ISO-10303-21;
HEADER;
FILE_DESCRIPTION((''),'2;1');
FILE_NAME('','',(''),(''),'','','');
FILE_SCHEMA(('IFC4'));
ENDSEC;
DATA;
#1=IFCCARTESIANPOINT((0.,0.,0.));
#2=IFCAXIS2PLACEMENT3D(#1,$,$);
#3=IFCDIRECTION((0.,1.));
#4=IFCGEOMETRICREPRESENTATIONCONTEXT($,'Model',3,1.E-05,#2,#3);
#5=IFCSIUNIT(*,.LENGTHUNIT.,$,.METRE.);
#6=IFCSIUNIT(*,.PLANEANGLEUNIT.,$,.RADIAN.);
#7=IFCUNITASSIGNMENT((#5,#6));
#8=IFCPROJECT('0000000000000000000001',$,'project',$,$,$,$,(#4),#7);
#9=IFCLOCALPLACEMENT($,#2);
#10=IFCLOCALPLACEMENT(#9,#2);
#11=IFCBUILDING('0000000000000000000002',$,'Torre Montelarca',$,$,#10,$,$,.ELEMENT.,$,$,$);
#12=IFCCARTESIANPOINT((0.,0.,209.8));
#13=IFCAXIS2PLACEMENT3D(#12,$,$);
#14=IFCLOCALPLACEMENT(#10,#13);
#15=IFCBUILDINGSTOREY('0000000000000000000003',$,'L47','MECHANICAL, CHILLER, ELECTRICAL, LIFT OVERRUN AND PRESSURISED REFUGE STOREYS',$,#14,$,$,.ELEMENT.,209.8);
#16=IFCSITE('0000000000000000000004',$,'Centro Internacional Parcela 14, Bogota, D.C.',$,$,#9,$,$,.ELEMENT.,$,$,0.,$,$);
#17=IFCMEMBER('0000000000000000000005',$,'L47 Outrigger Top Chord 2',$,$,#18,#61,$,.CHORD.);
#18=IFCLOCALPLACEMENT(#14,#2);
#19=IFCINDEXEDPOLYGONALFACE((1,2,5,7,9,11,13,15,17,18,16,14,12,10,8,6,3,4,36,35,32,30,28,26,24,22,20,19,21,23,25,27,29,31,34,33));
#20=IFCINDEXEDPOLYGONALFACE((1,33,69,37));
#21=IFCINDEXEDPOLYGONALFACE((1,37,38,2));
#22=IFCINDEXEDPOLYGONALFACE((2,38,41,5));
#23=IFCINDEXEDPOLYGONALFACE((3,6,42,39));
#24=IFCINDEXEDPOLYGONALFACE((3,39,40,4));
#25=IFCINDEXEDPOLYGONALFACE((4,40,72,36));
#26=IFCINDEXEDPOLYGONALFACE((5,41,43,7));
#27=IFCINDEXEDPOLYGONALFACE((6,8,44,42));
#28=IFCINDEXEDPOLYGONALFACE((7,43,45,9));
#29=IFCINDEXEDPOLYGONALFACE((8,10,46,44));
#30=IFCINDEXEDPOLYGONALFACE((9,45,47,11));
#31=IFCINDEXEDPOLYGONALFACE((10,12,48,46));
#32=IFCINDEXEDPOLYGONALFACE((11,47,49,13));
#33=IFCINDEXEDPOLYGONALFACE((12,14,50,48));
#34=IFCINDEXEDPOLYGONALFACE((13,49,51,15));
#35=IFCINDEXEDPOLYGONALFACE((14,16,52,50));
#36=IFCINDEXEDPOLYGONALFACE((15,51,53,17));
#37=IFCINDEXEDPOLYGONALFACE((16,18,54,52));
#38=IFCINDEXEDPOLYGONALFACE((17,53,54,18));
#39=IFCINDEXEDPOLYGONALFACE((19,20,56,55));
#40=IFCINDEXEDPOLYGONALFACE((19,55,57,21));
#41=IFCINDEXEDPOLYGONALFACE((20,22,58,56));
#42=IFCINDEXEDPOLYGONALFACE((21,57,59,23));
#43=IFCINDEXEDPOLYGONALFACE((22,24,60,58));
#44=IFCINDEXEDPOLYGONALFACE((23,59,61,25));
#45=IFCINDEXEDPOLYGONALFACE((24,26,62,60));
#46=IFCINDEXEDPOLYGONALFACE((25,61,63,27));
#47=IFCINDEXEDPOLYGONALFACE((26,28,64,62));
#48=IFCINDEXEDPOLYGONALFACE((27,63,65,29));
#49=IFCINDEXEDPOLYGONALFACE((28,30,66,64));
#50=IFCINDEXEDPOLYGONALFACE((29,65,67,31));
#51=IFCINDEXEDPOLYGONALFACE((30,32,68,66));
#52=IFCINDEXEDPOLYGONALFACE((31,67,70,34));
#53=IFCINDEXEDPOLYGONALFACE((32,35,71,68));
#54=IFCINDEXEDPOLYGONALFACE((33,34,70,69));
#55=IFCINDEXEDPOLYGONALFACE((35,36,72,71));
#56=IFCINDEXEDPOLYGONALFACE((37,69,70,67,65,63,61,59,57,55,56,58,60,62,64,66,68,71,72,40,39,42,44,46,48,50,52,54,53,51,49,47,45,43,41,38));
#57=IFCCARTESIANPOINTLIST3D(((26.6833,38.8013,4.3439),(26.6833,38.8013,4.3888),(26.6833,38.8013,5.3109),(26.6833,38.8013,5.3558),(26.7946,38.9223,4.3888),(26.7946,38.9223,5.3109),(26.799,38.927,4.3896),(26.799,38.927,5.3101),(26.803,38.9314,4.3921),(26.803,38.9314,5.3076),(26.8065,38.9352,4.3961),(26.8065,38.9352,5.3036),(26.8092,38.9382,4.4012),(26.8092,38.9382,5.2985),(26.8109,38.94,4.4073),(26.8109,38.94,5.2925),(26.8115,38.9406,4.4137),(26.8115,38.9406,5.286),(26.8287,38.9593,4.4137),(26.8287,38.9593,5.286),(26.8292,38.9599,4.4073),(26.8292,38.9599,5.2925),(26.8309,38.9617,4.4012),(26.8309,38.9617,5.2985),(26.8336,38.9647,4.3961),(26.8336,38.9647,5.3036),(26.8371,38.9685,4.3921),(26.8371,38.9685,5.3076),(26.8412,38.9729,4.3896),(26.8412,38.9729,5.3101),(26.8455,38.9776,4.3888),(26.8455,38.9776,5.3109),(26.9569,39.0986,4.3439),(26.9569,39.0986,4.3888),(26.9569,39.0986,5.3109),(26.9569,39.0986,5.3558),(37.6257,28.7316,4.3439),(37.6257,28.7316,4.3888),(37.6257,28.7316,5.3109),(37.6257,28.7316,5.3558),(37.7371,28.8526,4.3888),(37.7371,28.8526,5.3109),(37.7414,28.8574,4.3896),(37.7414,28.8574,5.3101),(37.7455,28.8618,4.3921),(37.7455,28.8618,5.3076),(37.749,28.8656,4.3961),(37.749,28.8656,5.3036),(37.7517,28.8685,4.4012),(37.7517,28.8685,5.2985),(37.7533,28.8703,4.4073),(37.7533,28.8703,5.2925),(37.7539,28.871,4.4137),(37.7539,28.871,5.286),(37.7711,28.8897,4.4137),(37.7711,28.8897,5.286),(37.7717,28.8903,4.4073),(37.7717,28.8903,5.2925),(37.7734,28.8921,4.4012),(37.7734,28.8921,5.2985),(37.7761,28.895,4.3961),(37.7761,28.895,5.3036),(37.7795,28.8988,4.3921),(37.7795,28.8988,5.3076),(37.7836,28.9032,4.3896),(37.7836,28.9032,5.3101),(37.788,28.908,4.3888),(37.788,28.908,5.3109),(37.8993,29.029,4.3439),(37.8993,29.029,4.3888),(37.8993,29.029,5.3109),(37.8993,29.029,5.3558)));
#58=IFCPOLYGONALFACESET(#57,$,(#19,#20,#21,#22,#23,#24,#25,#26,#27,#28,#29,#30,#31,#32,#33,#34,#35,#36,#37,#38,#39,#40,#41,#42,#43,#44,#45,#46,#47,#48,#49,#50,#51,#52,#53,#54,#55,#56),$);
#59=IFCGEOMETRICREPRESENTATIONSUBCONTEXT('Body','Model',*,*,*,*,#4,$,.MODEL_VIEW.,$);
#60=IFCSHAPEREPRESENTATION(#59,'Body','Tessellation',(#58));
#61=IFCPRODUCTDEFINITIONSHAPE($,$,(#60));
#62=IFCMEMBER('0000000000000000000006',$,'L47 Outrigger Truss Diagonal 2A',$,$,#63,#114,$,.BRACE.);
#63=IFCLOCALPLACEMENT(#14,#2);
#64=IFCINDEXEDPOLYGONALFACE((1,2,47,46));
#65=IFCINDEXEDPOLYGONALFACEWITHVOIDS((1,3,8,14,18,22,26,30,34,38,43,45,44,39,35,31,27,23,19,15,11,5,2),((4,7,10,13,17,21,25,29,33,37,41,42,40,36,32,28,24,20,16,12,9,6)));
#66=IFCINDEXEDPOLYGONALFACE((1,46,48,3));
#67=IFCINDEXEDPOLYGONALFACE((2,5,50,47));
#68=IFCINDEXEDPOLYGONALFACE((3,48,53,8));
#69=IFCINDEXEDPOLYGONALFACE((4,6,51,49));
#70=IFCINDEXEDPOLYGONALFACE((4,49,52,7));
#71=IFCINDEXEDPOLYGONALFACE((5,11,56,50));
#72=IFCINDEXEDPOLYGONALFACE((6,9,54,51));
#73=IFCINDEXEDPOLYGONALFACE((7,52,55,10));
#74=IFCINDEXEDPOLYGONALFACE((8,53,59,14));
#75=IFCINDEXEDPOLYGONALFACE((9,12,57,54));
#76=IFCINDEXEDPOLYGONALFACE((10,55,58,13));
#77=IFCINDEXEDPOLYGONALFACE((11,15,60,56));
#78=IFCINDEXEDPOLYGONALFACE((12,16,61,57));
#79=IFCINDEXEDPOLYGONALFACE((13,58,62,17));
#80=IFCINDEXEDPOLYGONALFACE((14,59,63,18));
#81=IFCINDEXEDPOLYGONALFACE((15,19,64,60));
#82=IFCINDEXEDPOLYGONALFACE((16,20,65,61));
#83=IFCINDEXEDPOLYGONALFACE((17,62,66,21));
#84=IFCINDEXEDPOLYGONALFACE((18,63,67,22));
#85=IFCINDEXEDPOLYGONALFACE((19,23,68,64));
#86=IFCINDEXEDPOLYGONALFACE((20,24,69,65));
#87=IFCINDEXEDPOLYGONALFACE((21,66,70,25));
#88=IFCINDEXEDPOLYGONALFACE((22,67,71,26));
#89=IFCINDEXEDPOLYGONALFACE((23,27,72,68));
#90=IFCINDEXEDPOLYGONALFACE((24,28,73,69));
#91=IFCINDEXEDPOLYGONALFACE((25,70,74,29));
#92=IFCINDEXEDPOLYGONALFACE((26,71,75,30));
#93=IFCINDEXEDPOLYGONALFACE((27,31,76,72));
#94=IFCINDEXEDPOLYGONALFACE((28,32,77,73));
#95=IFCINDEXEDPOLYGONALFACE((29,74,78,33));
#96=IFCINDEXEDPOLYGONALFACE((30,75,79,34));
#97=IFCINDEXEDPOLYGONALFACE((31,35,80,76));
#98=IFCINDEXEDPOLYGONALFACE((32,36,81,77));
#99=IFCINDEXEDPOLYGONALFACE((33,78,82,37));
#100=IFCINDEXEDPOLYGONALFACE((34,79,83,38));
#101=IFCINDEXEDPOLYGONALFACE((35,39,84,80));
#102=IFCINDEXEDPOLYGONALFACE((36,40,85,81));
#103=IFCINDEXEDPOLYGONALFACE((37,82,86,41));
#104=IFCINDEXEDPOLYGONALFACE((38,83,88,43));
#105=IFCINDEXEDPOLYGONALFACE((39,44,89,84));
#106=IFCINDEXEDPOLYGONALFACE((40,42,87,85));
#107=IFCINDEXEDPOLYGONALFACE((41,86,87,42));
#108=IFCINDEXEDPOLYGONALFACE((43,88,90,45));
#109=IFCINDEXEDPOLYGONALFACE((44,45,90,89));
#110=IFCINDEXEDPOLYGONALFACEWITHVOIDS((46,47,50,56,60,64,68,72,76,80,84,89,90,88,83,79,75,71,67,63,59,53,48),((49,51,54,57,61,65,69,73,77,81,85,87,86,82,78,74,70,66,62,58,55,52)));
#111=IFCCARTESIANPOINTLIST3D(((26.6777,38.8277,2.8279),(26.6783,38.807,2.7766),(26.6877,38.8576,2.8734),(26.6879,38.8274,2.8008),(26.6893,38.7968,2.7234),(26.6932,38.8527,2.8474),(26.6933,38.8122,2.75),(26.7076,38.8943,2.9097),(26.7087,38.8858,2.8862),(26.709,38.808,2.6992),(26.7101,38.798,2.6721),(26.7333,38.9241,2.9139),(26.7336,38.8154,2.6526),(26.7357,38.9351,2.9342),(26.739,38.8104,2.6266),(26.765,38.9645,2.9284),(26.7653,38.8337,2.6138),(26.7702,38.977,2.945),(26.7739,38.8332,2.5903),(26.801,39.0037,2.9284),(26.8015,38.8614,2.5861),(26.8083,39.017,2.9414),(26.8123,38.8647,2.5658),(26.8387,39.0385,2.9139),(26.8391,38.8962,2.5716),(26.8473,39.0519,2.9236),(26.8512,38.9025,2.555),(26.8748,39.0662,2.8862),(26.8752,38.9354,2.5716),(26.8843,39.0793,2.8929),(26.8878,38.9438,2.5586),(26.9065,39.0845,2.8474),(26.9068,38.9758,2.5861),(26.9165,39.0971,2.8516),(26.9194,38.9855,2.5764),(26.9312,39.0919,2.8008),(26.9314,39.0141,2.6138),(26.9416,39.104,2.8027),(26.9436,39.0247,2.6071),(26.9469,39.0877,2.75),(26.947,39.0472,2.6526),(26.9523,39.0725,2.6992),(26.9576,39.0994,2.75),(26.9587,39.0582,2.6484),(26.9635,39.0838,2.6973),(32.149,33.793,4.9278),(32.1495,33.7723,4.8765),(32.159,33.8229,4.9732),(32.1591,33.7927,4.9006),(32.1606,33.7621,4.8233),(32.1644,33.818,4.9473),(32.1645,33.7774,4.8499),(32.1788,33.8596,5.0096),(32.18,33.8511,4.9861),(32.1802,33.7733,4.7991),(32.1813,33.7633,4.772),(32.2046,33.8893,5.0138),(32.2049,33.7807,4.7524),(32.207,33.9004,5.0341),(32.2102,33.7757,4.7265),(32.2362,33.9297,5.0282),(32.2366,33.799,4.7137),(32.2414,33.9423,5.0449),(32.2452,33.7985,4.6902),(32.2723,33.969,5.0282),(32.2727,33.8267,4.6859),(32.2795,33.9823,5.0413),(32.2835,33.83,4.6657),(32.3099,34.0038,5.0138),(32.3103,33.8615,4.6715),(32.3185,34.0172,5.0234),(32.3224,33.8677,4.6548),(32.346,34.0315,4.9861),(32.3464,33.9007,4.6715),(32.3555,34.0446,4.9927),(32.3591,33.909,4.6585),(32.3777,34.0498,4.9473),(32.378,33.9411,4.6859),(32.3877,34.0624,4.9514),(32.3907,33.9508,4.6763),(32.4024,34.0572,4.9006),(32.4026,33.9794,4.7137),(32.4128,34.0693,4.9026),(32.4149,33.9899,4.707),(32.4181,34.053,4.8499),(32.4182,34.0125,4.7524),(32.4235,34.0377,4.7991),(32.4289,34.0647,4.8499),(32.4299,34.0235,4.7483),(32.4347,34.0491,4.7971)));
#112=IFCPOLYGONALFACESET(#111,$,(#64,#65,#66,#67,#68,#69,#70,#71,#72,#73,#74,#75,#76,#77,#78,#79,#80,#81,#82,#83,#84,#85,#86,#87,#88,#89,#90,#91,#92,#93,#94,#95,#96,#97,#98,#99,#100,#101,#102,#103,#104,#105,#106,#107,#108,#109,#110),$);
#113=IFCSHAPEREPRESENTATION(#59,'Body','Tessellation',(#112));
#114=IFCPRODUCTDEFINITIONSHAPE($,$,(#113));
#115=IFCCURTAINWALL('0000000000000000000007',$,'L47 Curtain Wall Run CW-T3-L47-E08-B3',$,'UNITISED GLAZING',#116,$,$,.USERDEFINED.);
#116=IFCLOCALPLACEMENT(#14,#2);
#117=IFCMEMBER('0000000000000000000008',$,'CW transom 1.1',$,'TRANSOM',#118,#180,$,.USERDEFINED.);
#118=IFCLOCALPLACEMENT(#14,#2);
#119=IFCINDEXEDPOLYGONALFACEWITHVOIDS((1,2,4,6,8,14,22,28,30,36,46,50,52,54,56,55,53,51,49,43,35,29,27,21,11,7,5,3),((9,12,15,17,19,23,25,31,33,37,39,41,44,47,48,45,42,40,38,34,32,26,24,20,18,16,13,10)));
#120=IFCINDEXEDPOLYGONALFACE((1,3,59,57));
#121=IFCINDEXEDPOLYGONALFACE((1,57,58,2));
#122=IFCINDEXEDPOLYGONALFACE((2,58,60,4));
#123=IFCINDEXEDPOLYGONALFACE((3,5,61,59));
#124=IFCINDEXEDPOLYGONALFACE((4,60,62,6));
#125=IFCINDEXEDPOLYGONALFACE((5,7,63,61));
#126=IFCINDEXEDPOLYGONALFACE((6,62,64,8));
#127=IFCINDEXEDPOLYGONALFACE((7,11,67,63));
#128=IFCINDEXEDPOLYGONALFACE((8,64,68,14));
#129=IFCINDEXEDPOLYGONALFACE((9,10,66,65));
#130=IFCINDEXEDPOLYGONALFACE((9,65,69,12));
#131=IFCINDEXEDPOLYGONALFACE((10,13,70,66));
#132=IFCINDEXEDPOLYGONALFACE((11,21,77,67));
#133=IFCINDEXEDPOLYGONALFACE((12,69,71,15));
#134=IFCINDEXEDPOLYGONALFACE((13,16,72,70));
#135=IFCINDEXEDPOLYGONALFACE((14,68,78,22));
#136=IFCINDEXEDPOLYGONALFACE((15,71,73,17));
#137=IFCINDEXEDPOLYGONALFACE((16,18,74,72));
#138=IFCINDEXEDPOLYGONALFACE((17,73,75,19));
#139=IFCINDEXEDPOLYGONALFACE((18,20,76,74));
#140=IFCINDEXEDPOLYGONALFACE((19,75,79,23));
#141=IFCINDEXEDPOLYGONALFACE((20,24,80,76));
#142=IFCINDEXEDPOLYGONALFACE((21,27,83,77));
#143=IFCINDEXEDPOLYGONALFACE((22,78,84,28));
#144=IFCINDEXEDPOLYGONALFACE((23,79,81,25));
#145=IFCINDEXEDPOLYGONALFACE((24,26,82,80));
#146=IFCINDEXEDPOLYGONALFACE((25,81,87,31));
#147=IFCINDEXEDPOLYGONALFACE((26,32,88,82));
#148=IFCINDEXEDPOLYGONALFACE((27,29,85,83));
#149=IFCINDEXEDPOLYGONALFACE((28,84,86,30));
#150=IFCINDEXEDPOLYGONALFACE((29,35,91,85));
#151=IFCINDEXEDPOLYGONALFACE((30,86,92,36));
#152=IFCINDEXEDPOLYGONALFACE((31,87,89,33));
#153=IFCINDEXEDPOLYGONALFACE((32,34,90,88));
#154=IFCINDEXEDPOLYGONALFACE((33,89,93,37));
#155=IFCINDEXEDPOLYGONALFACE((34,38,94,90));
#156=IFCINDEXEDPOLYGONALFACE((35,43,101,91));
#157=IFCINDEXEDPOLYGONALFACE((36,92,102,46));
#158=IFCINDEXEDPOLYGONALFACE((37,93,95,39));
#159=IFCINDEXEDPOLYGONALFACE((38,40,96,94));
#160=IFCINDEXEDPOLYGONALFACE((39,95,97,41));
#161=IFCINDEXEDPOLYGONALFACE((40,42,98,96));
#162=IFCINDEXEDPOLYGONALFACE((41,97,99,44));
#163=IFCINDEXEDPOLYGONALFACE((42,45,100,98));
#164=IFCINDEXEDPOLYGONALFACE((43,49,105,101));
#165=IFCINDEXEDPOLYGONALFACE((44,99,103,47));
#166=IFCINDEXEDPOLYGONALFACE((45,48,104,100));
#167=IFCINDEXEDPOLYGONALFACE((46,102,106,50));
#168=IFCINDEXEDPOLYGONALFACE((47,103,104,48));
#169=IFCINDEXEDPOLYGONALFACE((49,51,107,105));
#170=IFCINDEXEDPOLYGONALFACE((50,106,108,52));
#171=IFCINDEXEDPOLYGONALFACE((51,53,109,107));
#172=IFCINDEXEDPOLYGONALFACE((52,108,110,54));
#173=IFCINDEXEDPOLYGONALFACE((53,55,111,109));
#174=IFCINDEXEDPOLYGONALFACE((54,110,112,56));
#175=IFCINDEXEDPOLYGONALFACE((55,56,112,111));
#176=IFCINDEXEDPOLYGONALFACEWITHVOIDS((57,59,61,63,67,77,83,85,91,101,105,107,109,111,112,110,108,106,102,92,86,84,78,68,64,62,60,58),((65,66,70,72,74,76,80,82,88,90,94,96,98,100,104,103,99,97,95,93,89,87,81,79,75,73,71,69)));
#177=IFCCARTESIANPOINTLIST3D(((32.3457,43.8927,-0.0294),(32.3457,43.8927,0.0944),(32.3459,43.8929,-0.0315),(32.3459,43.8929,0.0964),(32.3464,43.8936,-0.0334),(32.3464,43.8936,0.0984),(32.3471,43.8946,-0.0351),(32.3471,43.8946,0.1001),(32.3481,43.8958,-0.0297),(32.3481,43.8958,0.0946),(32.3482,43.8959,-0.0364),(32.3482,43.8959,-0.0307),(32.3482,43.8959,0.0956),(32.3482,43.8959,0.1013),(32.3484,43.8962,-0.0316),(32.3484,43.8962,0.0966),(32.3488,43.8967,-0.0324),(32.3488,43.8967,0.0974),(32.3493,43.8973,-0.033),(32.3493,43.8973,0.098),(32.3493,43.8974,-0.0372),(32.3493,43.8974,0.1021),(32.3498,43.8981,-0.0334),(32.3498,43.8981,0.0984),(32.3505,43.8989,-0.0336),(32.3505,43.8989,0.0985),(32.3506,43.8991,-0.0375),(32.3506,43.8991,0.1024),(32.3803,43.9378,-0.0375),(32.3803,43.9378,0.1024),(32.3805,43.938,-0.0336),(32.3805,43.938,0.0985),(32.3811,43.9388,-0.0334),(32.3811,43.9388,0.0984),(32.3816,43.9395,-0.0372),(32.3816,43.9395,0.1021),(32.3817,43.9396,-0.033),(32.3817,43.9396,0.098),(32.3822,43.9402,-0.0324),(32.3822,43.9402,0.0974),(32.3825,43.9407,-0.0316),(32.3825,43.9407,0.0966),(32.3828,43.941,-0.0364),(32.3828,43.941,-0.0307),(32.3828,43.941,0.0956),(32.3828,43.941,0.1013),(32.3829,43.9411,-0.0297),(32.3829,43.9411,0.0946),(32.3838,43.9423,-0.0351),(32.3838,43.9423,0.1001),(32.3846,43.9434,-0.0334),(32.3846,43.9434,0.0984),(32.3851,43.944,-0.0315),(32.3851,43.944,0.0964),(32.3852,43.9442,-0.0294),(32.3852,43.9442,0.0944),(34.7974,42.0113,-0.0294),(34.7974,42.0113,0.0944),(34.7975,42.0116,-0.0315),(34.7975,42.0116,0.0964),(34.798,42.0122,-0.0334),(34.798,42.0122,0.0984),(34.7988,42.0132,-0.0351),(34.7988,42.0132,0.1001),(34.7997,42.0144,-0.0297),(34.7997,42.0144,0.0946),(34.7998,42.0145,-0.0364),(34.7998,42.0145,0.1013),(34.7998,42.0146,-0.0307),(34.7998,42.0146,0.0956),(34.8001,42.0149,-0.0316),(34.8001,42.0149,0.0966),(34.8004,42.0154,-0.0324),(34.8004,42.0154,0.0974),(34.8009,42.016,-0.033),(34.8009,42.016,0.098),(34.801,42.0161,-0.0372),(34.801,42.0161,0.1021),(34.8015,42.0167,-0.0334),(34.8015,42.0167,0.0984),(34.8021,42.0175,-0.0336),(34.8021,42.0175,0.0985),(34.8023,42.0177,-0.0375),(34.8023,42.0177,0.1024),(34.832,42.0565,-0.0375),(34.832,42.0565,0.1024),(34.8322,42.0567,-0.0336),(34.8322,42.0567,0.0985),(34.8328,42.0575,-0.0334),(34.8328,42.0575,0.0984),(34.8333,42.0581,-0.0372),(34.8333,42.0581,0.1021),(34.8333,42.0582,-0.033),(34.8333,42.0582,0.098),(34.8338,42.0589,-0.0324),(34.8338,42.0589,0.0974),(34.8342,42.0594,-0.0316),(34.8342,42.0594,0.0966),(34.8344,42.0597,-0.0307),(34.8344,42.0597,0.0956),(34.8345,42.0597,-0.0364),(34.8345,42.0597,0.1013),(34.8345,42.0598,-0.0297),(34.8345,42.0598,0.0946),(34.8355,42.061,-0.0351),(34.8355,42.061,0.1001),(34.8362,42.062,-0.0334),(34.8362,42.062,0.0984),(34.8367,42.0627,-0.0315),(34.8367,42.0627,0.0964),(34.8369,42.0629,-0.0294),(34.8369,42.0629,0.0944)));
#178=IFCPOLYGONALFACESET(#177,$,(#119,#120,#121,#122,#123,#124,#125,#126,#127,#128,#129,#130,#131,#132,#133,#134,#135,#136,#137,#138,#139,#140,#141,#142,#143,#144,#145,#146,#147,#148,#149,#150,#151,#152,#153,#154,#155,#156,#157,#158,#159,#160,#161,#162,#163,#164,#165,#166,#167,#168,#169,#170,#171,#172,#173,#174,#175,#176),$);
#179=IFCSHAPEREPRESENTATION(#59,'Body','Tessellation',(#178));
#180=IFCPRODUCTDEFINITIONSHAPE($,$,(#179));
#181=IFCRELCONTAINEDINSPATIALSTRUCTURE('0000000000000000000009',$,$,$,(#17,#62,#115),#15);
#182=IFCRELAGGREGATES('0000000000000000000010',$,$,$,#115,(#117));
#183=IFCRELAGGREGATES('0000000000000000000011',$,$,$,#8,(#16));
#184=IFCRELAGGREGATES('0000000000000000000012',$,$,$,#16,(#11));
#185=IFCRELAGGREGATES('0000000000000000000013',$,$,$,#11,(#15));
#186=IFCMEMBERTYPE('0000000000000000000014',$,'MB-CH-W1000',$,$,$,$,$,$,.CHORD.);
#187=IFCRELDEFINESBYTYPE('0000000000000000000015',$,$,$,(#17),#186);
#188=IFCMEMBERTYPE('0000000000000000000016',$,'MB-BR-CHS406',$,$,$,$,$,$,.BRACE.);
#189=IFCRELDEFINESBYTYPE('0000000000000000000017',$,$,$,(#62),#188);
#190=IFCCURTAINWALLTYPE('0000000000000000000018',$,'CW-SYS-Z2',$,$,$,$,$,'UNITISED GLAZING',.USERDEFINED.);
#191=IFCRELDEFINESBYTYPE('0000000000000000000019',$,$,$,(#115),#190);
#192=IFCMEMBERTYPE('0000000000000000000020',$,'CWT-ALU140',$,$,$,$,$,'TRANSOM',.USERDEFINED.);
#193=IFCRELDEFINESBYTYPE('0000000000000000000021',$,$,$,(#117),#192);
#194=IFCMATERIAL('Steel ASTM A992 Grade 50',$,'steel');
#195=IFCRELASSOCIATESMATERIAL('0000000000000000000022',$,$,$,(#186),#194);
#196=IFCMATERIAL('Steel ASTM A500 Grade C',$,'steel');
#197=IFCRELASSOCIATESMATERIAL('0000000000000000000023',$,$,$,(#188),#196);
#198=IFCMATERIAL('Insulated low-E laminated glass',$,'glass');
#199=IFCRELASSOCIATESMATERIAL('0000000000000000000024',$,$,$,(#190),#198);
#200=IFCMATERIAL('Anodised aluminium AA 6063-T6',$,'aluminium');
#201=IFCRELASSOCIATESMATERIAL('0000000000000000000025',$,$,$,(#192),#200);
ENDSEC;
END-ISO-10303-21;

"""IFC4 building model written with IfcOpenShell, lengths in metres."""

from ifc_helpers import new_model, si_unit, direction, frame, origin, origin_2d, place, context, subcontext, project, spatial, hollow_rectangle, hollow_circle, i_section, extrude, source, transform, mapped, material, material_profile, profile_set, type_object, element, aggregate, save


model = new_model("IFC4")

# Units and contexts
model_context = context("Model", 3, precision=1e-05, world=origin(), true_north=direction((0.0, 1.0)))
body_context = subcontext(model_context, "Body", "Model", "MODEL_VIEW")
ifc_project = project(units=[si_unit("LENGTHUNIT", "METRE"), si_unit("PLANEANGLEUNIT", "RADIAN")], contexts=[model_context])

# Site, building, storey
site_placement = place(None, origin())
site = spatial("IfcSite", under=ifc_project, at=site_placement, Name="Centro Internacional Parcela 14, Bogota, D.C.", CompositionType="ELEMENT", RefElevation=0.0)
building_placement = place(site_placement, origin())
building = spatial("IfcBuilding", under=site, at=building_placement, Name="Torre Montelarca", CompositionType="ELEMENT")
storey_placement = place(building_placement, frame((0.0, 0.0, 209.8)))
storey = spatial("IfcBuildingStorey", under=building, at=storey_placement, Name="L47", Description="MECHANICAL, CHILLER, ELECTRICAL, LIFT OVERRUN AND PRESSURISED REFUGE STOREYS", CompositionType="ELEMENT", Elevation=209.8)

# Members
ifc_material_1 = material(Name="Steel ASTM A500 Grade C", Category="steel")
ifc_material_2 = material(Name="Steel ASTM A992 Grade 50", Category="steel")
ifc_material_profile_1 = material_profile(ifc_material_2, i_section(OverallWidth=0.4041, OverallDepth=1.012, WebThickness=0.0254, FlangeThickness=0.0449, FilletRadius=0.0249, at=origin_2d()), Name="W1000X483", Category="steel")
ifc_profile_set_1 = profile_set([ifc_material_profile_1], Name="Steel ASTM A992 Grade 50")
member_type_1 = type_object("IfcMemberType", Name="MB-CH-W1000", PredefinedType="CHORD", material=ifc_profile_set_1)
shared_shape_1 = source(origin(), body_context, "Body", "SweptSolid", [
    extrude(i_section(OverallWidth=0.4041, OverallDepth=1.012, WebThickness=0.0254, FlangeThickness=0.0449, FilletRadius=0.0249, at=origin_2d()), origin(), (0.0, 0.0, 1.0), 14.8706),
])
member_1_placement = place(storey_placement, frame((26.8201, 38.95, 4.8499), z_axis=(0.735844, -0.677151, 0.0), x_axis=(0.677151, 0.735844, 0.0)))
element("IfcMember", 1, at=member_1_placement, inside=storey, type_object=member_type_1, Name="L47 Outrigger Top Chord 2", PredefinedType="CHORD", context=body_context, shape_type="MappedRepresentation", body=[
    mapped(shared_shape_1, transform((0.0, 0.0, 0.0), scale=1.0)),
])
ifc_material_profile_2 = material_profile(ifc_material_1, hollow_circle(Radius=0.2031, WallThickness=0.0159, at=origin_2d()), Name="HSS406.4X15.9", Category="steel")
ifc_profile_set_2 = profile_set([ifc_material_profile_2], Name="Steel ASTM A500 Grade C")
member_type_2 = type_object("IfcMemberType", Name="MB-BR-CHS406", PredefinedType="BRACE", material=ifc_profile_set_2)
shared_shape_2 = source(origin(), body_context, "Body", "SweptSolid", [
    extrude(hollow_circle(Radius=0.2031, WallThickness=0.0159, at=origin_2d()), origin(), (0.0, 0.0, 1.0), 7.7261),
])
member_2_placement = place(storey_placement, frame((26.8201, 38.95, 2.75), z_axis=(0.708152, -0.651652, 0.27179), x_axis=(0.677142, 0.735852, 0.0)))
element("IfcMember", 2, at=member_2_placement, inside=storey, type_object=member_type_2, Name="L47 Outrigger Truss Diagonal 2A", PredefinedType="BRACE", context=body_context, shape_type="MappedRepresentation", body=[
    mapped(shared_shape_2, transform((0.0, 0.0, 0.0), scale=1.0)),
])

# Curtain wall, member
ifc_material_3 = material(Name="Insulated low-E laminated glass", Category="glass")
curtain_wall_type = type_object("IfcCurtainWallType", Name="CW-SYS-Z2", ElementType="UNITISED GLAZING", PredefinedType="USERDEFINED", material=ifc_material_3)
curtain_wall_1_placement = place(storey_placement, origin())
curtain_wall_1 = element("IfcCurtainWall", 3, at=curtain_wall_1_placement, inside=storey, type_object=curtain_wall_type, Name="L47 Curtain Wall Run CW-T3-L47-E08-B3", ObjectType="UNITISED GLAZING", PredefinedType="USERDEFINED")
ifc_material_4 = material(Name="Anodised aluminium AA 6063-T6", Category="aluminium")
ifc_material_profile_3 = material_profile(ifc_material_4, hollow_rectangle(XDim=0.0649, YDim=0.1399, WallThickness=0.0039, InnerFilletRadius=0.0039, OuterFilletRadius=0.0081, at=origin_2d()), Name="ALU65X140X4", Category="aluminium")
ifc_profile_set_3 = profile_set([ifc_material_profile_3], Name="Anodised aluminium AA 6063-T6")
member_type_3 = type_object("IfcMemberType", Name="CWT-ALU140", ElementType="TRANSOM", PredefinedType="USERDEFINED", material=ifc_profile_set_3)
shared_shape_3 = source(origin(), body_context, "Body", "SweptSolid", [
    extrude(hollow_rectangle(XDim=0.0649, YDim=0.1399, WallThickness=0.0039, InnerFilletRadius=0.0039, OuterFilletRadius=0.0081, at=origin_2d()), origin(), (0.0, 0.0, 1.0), 3.0903),
])
member_3_placement = place(storey_placement, frame((34.8171, 42.0371, 0.0325), z_axis=(-0.793334, 0.608786, 0.0), x_axis=(-0.608786, -0.793334, 0.0)))
member_3 = element("IfcMember", 4, at=member_3_placement, type_object=member_type_3, Name="CW transom 1.1", ObjectType="TRANSOM", PredefinedType="USERDEFINED", context=body_context, shape_type="MappedRepresentation", body=[
    mapped(shared_shape_3, transform((0.0, 0.0, 0.0), scale=1.0)),
])

aggregate(curtain_wall_1, [member_3])

save(model, "model.ifc")
